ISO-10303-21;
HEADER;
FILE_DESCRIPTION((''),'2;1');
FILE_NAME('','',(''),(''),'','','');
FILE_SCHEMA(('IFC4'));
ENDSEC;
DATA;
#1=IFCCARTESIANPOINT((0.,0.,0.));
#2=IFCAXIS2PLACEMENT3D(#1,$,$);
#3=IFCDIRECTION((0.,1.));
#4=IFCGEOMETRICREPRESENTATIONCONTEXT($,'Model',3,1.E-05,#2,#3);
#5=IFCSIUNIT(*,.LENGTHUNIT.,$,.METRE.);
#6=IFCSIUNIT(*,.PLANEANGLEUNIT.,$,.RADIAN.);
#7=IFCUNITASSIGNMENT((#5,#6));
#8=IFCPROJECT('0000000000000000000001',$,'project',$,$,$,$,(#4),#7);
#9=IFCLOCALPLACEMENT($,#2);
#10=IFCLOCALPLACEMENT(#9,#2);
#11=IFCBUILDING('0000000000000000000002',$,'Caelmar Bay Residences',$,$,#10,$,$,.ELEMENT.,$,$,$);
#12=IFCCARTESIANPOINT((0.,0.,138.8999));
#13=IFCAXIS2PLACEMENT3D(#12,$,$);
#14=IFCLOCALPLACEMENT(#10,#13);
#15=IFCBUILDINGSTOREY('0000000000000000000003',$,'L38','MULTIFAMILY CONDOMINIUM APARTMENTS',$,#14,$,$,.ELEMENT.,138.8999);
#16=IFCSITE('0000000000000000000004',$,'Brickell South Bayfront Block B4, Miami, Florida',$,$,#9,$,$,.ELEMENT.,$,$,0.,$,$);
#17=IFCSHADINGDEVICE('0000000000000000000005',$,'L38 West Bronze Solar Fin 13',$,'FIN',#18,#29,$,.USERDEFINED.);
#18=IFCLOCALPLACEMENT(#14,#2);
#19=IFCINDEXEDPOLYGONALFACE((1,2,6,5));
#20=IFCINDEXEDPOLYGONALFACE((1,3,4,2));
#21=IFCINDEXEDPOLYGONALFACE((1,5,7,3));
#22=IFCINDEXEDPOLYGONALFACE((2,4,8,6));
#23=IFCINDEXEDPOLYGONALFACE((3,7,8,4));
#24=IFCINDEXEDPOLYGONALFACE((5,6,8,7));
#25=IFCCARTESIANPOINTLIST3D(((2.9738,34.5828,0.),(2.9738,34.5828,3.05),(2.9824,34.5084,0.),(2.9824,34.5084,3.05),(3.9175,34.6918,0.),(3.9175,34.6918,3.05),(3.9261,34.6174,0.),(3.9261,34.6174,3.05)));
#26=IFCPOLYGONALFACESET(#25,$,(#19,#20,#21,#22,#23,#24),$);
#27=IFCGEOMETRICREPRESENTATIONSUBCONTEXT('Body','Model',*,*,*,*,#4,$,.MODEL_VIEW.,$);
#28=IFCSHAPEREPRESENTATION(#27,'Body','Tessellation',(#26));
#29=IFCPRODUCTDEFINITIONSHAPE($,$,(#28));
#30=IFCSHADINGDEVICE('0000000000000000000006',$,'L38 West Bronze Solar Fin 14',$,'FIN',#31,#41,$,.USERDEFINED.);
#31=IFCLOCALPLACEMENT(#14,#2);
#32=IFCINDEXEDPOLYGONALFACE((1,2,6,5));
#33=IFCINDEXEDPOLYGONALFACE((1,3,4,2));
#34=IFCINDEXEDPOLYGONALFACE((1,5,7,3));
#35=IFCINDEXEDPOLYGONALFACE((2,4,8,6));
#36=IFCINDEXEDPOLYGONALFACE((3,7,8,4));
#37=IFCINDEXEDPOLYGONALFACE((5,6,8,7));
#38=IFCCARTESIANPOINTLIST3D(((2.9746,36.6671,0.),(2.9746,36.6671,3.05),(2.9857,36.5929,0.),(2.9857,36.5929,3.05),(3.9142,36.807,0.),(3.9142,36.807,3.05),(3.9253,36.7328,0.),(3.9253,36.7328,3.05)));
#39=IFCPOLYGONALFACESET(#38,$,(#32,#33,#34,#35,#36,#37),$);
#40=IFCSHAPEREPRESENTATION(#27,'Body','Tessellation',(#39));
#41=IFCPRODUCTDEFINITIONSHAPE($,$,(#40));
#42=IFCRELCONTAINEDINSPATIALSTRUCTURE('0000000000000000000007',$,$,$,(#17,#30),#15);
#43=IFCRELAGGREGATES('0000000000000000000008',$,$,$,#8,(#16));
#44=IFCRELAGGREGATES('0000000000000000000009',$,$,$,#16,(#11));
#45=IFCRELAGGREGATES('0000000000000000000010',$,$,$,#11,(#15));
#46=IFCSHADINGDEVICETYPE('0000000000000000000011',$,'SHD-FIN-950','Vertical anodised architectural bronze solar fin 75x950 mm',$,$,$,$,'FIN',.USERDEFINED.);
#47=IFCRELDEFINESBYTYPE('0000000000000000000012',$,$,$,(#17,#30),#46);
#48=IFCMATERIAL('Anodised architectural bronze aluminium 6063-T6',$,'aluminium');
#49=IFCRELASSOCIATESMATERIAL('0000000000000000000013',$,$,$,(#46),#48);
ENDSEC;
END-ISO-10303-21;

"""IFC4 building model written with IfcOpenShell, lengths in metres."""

from ifc_helpers import new_model, si_unit, direction, frame, origin, origin_2d, place, context, subcontext, project, spatial, rectangle, extrude, material, material_profile, profile_set, type_object, element, save


model = new_model("IFC4")

# Units and contexts
model_context = context("Model", 3, precision=1e-05, world=origin(), true_north=direction((0.0, 1.0)))
body_context = subcontext(model_context, "Body", "Model", "MODEL_VIEW")
ifc_project = project(units=[si_unit("LENGTHUNIT", "METRE"), si_unit("PLANEANGLEUNIT", "RADIAN")], contexts=[model_context])

# Site, building, storey
site_placement = place(None, origin())
site = spatial("IfcSite", under=ifc_project, at=site_placement, Name="Brickell South Bayfront Block B4, Miami, Florida", CompositionType="ELEMENT", RefElevation=0.0)
building_placement = place(site_placement, origin())
building = spatial("IfcBuilding", under=site, at=building_placement, Name="Caelmar Bay Residences", CompositionType="ELEMENT")
storey_placement = place(building_placement, frame((0.0, 0.0, 138.8999)))
storey = spatial("IfcBuildingStorey", under=building, at=storey_placement, Name="L38", Description="MULTIFAMILY CONDOMINIUM APARTMENTS", CompositionType="ELEMENT", Elevation=138.8999)

# Shading devices
ifc_material_1 = material(Name="Anodised architectural bronze aluminium 6063-T6", Category="aluminium")
ifc_material_profile_1 = material_profile(ifc_material_1, rectangle(XDim=0.075, YDim=0.95, at=origin_2d()), Name="BRONZE-FIN-75X950")
ifc_profile_set_1 = profile_set([ifc_material_profile_1], Name="Anodised architectural bronze aluminium 6063-T6")
shading_device_type = type_object("IfcShadingDeviceType", Name="SHD-FIN-950", Description="Vertical anodised architectural bronze solar fin 75x950 mm", ElementType="FIN", PredefinedType="USERDEFINED", material=ifc_profile_set_1)
for number, where, z_axis, x_axis, name in (
    (1, (3.45, 34.6001, 0.0), (0.0, 0.0, 1.0), (-0.114764, 0.993393, 0.0), "L38 West Bronze Solar Fin 13"),
    (2, (3.45, 36.7, 0.0), (0.0, 0.0, 1.0), (-0.147292, 0.989093, 0.0), "L38 West Bronze Solar Fin 14"),
):
    element("IfcShadingDevice", number, at=place(storey_placement, frame(where, z_axis=z_axis, x_axis=x_axis)), inside=storey, type_object=shading_device_type, Name=name, ObjectType="FIN", PredefinedType="USERDEFINED", context=body_context, shape_type="SweptSolid", body=[
        extrude(rectangle(XDim=0.075, YDim=0.95, at=origin_2d()), origin(), (0.0, 0.0, 1.0), 3.05),
    ])

save(model, "model.ifc")
